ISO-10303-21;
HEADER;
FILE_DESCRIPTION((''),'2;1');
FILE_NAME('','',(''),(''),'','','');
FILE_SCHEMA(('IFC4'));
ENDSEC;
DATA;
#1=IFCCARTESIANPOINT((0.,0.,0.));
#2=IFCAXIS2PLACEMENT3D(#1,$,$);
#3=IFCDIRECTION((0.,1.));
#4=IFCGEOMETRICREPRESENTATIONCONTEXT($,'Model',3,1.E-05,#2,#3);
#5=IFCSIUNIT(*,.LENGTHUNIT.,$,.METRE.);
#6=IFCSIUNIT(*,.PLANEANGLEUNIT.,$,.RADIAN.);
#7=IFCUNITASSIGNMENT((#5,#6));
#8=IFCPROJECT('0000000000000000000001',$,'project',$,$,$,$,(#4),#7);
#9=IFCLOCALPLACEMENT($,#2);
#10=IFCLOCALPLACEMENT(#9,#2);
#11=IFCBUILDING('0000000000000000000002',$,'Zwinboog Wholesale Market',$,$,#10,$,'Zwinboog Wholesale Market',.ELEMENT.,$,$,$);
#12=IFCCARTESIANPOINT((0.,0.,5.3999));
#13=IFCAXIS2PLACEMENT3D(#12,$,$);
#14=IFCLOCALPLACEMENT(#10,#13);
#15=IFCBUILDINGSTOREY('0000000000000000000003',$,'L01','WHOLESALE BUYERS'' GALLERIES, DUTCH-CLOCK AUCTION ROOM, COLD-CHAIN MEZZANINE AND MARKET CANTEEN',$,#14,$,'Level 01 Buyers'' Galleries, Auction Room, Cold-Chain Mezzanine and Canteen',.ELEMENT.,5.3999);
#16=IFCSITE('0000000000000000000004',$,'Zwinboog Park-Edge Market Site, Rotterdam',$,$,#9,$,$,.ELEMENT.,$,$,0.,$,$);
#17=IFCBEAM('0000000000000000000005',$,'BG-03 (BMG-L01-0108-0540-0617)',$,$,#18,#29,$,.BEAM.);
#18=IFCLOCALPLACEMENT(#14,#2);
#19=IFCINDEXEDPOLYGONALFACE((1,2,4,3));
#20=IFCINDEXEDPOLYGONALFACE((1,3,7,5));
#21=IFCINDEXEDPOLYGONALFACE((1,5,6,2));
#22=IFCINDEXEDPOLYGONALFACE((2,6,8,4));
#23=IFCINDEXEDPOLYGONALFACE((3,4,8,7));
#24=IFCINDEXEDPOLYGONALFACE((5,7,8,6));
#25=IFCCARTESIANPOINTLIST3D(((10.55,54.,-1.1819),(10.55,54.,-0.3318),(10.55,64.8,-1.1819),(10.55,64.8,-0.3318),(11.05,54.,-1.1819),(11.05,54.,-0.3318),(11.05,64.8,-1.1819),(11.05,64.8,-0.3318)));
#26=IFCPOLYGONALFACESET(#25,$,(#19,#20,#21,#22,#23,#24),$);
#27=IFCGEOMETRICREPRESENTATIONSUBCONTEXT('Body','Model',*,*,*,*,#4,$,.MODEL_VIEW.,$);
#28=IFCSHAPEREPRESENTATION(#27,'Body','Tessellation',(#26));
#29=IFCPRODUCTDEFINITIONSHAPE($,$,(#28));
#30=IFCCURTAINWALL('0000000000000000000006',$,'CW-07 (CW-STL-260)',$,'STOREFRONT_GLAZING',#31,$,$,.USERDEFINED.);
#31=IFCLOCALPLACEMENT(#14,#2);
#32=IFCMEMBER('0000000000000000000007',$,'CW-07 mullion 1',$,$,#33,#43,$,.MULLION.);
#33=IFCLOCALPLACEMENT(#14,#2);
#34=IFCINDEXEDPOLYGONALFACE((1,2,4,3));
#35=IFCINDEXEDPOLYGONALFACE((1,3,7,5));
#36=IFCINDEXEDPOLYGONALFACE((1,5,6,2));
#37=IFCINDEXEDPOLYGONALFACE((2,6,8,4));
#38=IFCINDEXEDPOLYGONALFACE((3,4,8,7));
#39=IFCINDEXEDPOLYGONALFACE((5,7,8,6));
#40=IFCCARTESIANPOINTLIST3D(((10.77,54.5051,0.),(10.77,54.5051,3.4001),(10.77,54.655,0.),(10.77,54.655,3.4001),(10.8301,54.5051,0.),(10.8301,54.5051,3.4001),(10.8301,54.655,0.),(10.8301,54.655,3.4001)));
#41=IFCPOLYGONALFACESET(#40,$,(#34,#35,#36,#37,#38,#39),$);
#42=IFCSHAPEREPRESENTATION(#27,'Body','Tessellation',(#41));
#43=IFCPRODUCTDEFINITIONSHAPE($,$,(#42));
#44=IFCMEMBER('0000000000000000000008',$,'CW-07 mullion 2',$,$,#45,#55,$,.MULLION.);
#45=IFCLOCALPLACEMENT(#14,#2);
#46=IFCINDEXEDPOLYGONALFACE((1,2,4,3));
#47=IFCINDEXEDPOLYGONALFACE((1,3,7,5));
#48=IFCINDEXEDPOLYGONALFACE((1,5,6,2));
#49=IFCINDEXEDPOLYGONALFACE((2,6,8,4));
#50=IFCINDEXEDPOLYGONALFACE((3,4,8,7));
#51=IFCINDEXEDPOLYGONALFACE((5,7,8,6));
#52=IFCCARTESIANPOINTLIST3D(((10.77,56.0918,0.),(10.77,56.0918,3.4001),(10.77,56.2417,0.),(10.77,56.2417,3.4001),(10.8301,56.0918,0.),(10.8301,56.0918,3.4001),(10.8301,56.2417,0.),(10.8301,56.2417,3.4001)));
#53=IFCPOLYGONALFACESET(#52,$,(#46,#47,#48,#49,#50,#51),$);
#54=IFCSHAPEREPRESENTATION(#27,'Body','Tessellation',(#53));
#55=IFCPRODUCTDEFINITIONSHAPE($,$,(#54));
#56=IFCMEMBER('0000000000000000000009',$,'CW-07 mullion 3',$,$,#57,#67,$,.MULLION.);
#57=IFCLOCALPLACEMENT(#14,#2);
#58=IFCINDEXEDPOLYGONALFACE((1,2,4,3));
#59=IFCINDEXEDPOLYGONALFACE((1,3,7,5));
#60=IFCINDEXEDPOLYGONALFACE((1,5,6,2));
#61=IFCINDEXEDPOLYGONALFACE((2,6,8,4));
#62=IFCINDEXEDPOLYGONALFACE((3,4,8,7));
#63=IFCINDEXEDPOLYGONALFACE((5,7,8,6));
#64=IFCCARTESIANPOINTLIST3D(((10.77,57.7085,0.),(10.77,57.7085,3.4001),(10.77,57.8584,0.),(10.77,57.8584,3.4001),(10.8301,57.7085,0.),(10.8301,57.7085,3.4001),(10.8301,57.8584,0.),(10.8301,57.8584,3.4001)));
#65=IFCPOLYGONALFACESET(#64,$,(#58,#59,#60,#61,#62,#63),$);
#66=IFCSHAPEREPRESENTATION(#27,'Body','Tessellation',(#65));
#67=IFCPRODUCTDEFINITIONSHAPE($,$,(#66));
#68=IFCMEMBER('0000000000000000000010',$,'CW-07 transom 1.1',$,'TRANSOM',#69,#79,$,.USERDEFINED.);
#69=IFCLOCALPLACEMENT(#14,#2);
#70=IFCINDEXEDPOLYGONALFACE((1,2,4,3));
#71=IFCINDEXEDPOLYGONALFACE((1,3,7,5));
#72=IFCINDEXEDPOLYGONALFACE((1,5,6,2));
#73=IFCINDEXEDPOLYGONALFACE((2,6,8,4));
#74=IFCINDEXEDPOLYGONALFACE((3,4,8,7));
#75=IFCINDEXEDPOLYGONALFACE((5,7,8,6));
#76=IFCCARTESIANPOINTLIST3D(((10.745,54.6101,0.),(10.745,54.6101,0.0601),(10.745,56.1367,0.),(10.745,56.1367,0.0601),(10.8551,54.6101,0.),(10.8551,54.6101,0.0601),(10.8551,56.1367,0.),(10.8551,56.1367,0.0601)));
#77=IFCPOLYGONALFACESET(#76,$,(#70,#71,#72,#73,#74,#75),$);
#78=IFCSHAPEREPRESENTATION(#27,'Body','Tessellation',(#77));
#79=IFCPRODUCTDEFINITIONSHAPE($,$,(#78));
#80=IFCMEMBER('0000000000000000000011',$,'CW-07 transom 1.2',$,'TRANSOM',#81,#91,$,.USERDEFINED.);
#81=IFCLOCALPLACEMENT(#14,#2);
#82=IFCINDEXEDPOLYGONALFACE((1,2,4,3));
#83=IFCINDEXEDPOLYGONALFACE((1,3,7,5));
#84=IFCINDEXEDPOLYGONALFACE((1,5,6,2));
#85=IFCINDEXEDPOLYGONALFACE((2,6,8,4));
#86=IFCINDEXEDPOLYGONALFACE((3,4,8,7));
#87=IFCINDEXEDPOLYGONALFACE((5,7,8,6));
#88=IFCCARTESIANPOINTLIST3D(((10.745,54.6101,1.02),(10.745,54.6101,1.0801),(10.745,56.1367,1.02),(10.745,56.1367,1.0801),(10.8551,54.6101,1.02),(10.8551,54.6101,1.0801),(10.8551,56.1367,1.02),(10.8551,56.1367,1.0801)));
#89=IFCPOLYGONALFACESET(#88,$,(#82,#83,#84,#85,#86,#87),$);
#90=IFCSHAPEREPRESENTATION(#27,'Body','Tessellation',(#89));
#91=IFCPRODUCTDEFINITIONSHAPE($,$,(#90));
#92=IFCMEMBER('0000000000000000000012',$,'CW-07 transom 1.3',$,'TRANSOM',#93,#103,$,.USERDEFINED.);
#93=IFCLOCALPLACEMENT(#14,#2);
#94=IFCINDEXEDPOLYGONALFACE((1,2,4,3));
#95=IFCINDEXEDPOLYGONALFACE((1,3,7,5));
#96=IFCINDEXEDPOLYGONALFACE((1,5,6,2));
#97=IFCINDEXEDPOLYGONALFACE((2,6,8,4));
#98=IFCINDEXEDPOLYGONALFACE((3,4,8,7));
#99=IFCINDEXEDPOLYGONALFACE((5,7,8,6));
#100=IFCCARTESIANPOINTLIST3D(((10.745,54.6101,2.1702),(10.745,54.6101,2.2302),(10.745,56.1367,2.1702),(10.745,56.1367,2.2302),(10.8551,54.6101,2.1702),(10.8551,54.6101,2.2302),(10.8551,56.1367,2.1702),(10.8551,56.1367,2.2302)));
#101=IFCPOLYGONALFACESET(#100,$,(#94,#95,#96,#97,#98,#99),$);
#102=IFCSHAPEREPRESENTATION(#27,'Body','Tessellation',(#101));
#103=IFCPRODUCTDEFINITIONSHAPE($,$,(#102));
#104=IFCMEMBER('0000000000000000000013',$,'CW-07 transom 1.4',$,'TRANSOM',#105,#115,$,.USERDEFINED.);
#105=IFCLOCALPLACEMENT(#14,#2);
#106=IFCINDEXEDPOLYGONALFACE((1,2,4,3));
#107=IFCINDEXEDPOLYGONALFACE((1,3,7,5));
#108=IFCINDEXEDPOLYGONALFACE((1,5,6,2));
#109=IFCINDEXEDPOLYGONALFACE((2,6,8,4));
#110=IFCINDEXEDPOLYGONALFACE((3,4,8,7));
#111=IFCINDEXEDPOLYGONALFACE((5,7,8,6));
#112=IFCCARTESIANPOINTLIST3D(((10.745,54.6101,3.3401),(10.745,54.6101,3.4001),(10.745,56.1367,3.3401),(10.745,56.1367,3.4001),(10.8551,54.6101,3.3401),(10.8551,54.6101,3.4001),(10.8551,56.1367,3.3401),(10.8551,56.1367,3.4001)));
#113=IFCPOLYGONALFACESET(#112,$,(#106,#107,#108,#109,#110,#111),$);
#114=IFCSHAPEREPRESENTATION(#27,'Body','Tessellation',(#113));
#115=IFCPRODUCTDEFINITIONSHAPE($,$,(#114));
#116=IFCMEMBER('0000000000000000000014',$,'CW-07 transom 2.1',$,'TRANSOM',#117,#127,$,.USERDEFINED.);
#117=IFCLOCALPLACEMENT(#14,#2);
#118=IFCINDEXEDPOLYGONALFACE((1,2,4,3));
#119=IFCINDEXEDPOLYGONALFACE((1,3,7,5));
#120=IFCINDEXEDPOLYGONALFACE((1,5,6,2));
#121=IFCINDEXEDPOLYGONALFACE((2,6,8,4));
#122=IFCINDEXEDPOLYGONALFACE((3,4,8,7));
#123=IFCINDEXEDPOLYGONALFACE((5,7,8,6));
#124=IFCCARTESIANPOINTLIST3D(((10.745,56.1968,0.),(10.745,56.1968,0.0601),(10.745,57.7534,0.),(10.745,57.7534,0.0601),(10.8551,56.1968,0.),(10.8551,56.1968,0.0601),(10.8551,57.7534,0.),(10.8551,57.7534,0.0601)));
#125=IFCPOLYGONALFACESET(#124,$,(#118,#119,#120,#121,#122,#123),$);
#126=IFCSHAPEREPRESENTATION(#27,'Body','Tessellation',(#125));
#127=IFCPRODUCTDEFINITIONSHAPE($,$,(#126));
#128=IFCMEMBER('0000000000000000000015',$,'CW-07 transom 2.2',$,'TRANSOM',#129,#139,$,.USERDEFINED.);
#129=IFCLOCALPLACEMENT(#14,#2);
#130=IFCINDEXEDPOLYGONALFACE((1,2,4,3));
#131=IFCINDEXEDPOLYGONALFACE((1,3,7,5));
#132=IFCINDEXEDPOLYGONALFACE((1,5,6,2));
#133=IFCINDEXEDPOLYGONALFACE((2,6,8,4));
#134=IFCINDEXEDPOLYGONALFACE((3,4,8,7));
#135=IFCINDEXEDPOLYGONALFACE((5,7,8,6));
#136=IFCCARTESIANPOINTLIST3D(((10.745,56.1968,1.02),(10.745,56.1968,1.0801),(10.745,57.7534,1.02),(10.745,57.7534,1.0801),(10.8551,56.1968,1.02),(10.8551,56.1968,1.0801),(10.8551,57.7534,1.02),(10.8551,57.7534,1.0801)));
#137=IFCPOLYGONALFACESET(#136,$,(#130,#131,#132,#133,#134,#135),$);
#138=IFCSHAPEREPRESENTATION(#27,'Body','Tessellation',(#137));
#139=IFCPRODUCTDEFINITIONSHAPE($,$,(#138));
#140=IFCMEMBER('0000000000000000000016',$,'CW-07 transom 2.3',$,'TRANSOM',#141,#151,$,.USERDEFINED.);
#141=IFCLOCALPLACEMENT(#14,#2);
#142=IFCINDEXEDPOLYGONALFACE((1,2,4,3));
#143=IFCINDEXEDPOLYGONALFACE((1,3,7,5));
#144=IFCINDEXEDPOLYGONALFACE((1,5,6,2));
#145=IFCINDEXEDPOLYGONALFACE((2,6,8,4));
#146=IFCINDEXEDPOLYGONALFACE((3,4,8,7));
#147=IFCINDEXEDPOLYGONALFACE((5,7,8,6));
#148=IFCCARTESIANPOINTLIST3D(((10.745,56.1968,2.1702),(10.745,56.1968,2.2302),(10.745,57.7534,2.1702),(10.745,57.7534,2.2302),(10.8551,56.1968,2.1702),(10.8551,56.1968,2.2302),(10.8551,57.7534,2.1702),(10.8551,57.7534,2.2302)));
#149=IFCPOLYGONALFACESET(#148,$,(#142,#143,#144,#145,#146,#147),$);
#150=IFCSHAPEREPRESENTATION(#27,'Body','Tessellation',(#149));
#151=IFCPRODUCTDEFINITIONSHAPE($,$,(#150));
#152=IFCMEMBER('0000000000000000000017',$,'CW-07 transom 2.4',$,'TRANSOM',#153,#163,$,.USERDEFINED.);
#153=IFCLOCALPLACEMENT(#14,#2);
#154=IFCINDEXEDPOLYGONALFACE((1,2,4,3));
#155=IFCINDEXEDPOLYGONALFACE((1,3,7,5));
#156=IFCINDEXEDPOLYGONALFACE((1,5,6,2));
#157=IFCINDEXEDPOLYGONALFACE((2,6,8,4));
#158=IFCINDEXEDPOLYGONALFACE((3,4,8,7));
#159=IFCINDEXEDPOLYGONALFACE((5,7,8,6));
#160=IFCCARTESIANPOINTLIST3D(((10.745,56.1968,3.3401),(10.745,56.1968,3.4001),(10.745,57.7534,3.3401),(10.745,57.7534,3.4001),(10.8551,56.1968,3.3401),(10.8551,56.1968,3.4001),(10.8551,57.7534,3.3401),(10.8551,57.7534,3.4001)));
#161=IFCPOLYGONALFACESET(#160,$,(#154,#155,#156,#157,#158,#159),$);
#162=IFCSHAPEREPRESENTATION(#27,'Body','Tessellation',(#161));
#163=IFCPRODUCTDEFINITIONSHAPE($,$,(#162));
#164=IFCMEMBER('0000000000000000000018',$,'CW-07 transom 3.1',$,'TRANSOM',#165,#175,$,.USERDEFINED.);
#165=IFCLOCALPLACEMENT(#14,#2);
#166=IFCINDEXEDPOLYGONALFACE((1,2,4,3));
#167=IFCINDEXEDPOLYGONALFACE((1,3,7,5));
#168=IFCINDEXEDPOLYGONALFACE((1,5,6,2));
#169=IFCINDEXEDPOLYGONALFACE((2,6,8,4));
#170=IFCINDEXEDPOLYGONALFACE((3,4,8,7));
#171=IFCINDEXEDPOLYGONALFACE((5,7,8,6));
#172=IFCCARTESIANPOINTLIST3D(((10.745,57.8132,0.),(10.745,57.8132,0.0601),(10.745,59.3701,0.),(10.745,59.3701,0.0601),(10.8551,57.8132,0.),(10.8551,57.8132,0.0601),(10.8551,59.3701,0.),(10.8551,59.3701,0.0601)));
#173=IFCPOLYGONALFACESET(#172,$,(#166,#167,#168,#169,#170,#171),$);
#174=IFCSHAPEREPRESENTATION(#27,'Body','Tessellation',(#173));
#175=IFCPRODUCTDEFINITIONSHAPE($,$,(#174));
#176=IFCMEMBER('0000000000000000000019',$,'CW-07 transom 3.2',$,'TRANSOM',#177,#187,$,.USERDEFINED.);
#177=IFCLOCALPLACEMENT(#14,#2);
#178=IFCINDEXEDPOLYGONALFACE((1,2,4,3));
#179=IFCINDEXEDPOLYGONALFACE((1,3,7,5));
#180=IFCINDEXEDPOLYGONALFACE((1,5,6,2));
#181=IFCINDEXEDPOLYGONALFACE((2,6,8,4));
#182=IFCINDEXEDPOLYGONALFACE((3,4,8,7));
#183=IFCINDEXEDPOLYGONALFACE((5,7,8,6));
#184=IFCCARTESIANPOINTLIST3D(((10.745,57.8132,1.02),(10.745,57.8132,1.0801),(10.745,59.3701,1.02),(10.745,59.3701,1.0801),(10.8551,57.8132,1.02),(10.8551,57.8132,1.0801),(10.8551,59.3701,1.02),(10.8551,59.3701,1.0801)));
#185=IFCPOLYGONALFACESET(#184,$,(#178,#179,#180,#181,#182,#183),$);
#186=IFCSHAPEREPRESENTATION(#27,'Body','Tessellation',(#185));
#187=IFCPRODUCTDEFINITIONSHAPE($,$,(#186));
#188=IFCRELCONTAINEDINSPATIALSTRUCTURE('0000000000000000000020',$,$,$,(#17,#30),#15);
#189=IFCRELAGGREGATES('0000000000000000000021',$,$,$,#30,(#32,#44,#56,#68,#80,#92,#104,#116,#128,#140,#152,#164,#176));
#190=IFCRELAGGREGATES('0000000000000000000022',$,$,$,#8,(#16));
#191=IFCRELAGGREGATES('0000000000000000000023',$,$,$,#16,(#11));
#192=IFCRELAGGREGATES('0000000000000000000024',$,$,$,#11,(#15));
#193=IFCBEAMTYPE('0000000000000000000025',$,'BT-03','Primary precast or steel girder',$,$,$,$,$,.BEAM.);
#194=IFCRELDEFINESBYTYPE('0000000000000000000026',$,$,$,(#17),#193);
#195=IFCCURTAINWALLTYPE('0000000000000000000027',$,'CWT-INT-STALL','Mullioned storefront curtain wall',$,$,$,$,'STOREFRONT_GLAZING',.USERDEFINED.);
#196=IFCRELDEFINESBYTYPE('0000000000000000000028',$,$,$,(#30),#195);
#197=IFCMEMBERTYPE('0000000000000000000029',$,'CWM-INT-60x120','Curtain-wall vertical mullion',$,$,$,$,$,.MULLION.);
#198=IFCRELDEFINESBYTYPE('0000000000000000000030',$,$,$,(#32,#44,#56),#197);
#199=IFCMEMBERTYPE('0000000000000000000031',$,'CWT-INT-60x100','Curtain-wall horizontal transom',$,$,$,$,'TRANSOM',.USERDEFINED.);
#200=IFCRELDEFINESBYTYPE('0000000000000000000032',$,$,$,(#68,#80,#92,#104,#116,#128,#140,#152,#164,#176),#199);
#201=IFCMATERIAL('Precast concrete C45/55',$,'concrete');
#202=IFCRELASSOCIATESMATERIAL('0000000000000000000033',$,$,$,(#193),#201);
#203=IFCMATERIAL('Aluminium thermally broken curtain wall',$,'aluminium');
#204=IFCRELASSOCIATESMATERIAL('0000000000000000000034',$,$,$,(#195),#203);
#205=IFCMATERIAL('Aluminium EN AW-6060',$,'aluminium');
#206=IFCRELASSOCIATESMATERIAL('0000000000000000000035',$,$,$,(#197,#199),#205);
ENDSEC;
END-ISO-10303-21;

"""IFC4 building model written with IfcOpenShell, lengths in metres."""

from ifc_helpers import new_model, si_unit, direction, frame, origin, origin_2d, place, context, subcontext, project, spatial, rectangle, extrude, material, material_profile, profile_set, type_object, element, aggregate, save


model = new_model("IFC4")

# Units and contexts
model_context = context("Model", 3, precision=1e-05, world=origin(), true_north=direction((0.0, 1.0)))
body_context = subcontext(model_context, "Body", "Model", "MODEL_VIEW")
ifc_project = project(units=[si_unit("LENGTHUNIT", "METRE"), si_unit("PLANEANGLEUNIT", "RADIAN")], contexts=[model_context])

# Site, building, storey
site_placement = place(None, origin())
site = spatial("IfcSite", under=ifc_project, at=site_placement, Name="Zwinboog Park-Edge Market Site, Rotterdam", CompositionType="ELEMENT", RefElevation=0.0)
building_placement = place(site_placement, origin())
building = spatial("IfcBuilding", under=site, at=building_placement, Name="Zwinboog Wholesale Market", LongName="Zwinboog Wholesale Market", CompositionType="ELEMENT")
storey_placement = place(building_placement, frame((0.0, 0.0, 5.3999)))
storey = spatial("IfcBuildingStorey", under=building, at=storey_placement, Name="L01", Description="WHOLESALE BUYERS' GALLERIES, DUTCH-CLOCK AUCTION ROOM, COLD-CHAIN MEZZANINE AND MARKET CANTEEN", LongName="Level 01 Buyers' Galleries, Auction Room, Cold-Chain Mezzanine and Canteen", CompositionType="ELEMENT", Elevation=5.3999)

# Beam
ifc_material_1 = material(Name="Precast concrete C45/55", Category="concrete")
ifc_material_profile_1 = material_profile(ifc_material_1, rectangle(XDim=0.5, YDim=0.8501, at=origin_2d()), Name="PC 500x850")
ifc_profile_set_1 = profile_set([ifc_material_profile_1], Name="Precast concrete C45/55")
beam_type = type_object("IfcBeamType", Name="BT-03", Description="Primary precast or steel girder", PredefinedType="BEAM", material=ifc_profile_set_1)
beam_placement = place(storey_placement, frame((10.8, 54.0, -0.7568), z_axis=(0.0, 1.0, 0.0), x_axis=(-1.0, 0.0, 0.0)))
element("IfcBeam", 1, at=beam_placement, inside=storey, type_object=beam_type, Name="BG-03 (BMG-L01-0108-0540-0617)", PredefinedType="BEAM", context=body_context, shape_type="SweptSolid", body=[
    extrude(rectangle(XDim=0.5, YDim=0.8501, at=origin_2d()), origin(), (0.0, 0.0, 1.0), 10.8),
])

# Curtain wall, members
ifc_material_2 = material(Name="Aluminium thermally broken curtain wall", Category="aluminium")
curtain_wall_type = type_object("IfcCurtainWallType", Name="CWT-INT-STALL", Description="Mullioned storefront curtain wall", ElementType="STOREFRONT_GLAZING", PredefinedType="USERDEFINED", material=ifc_material_2)
curtain_wall_placement = place(storey_placement, origin())
curtain_wall = element("IfcCurtainWall", 2, at=curtain_wall_placement, inside=storey, type_object=curtain_wall_type, Name="CW-07 (CW-STL-260)", ObjectType="STOREFRONT_GLAZING", PredefinedType="USERDEFINED")
ifc_material_3 = material(Name="Aluminium EN AW-6060", Category="aluminium")
ifc_material_profile_2 = material_profile(ifc_material_3, rectangle(XDim=0.0601, YDim=0.1499, at=origin_2d()), Name="AL 60x150")
ifc_profile_set_2 = profile_set([ifc_material_profile_2], Name="Aluminium EN AW-6060")
member_type_1 = type_object("IfcMemberType", Name="CWM-INT-60x120", Description="Curtain-wall vertical mullion", PredefinedType="MULLION", material=ifc_profile_set_2)
member_1_placement = place(storey_placement, frame((10.8, 54.5801, 0.0), z_axis=(0.0, 0.0, 1.0), x_axis=(-1.0, 0.0, 0.0)))
member_1 = element("IfcMember", 3, at=member_1_placement, type_object=member_type_1, Name="CW-07 mullion 1", PredefinedType="MULLION", context=body_context, shape_type="SweptSolid", body=[
    extrude(rectangle(XDim=0.0601, YDim=0.1499, at=origin_2d()), origin(), (0.0, 0.0, 1.0), 3.4001),
])
member_2_placement = place(storey_placement, frame((10.8, 56.1667, 0.0), z_axis=(0.0, 0.0, 1.0), x_axis=(-1.0, 0.0, 0.0)))
member_2 = element("IfcMember", 4, at=member_2_placement, type_object=member_type_1, Name="CW-07 mullion 2", PredefinedType="MULLION", context=body_context, shape_type="SweptSolid", body=[
    extrude(rectangle(XDim=0.0601, YDim=0.1499, at=origin_2d()), origin(), (0.0, 0.0, 1.0), 3.4001),
])
member_3_placement = place(storey_placement, frame((10.8, 57.7834, 0.0), z_axis=(0.0, 0.0, 1.0), x_axis=(-1.0, 0.0, 0.0)))
member_3 = element("IfcMember", 5, at=member_3_placement, type_object=member_type_1, Name="CW-07 mullion 3", PredefinedType="MULLION", context=body_context, shape_type="SweptSolid", body=[
    extrude(rectangle(XDim=0.0601, YDim=0.1499, at=origin_2d()), origin(), (0.0, 0.0, 1.0), 3.4001),
])
ifc_material_profile_3 = material_profile(ifc_material_3, rectangle(XDim=0.1101, YDim=0.0601, at=origin_2d()), Name="AL 60x110")
ifc_profile_set_3 = profile_set([ifc_material_profile_3], Name="Aluminium EN AW-6060")
member_type_2 = type_object("IfcMemberType", Name="CWT-INT-60x100", Description="Curtain-wall horizontal transom", ElementType="TRANSOM", PredefinedType="USERDEFINED", material=ifc_profile_set_3)
member_4_placement = place(storey_placement, frame((10.8, 54.6101, 0.03), z_axis=(0.0, 1.0, 0.0), x_axis=(-1.0, 0.0, 0.0)))
member_4 = element("IfcMember", 6, at=member_4_placement, type_object=member_type_2, Name="CW-07 transom 1.1", ObjectType="TRANSOM", PredefinedType="USERDEFINED", context=body_context, shape_type="SweptSolid", body=[
    extrude(rectangle(XDim=0.1101, YDim=0.0601, at=origin_2d()), origin(), (0.0, 0.0, 1.0), 1.5266),
])
member_5_placement = place(storey_placement, frame((10.8, 54.6101, 1.05), z_axis=(0.0, 1.0, 0.0), x_axis=(-1.0, 0.0, 0.0)))
member_5 = element("IfcMember", 7, at=member_5_placement, type_object=member_type_2, Name="CW-07 transom 1.2", ObjectType="TRANSOM", PredefinedType="USERDEFINED", context=body_context, shape_type="SweptSolid", body=[
    extrude(rectangle(XDim=0.1101, YDim=0.0601, at=origin_2d()), origin(), (0.0, 0.0, 1.0), 1.5266),
])
member_6_placement = place(storey_placement, frame((10.8, 54.6101, 2.2002), z_axis=(0.0, 1.0, 0.0), x_axis=(-1.0, 0.0, 0.0)))
member_6 = element("IfcMember", 8, at=member_6_placement, type_object=member_type_2, Name="CW-07 transom 1.3", ObjectType="TRANSOM", PredefinedType="USERDEFINED", context=body_context, shape_type="SweptSolid", body=[
    extrude(rectangle(XDim=0.1101, YDim=0.0601, at=origin_2d()), origin(), (0.0, 0.0, 1.0), 1.5266),
])
member_7_placement = place(storey_placement, frame((10.8, 54.6101, 3.3701), z_axis=(0.0, 1.0, 0.0), x_axis=(-1.0, 0.0, 0.0)))
member_7 = element("IfcMember", 9, at=member_7_placement, type_object=member_type_2, Name="CW-07 transom 1.4", ObjectType="TRANSOM", PredefinedType="USERDEFINED", context=body_context, shape_type="SweptSolid", body=[
    extrude(rectangle(XDim=0.1101, YDim=0.0601, at=origin_2d()), origin(), (0.0, 0.0, 1.0), 1.5266),
])
member_8_placement = place(storey_placement, frame((10.8, 56.1968, 0.03), z_axis=(0.0, 1.0, 0.0), x_axis=(-1.0, 0.0, 0.0)))
member_8 = element("IfcMember", 10, at=member_8_placement, type_object=member_type_2, Name="CW-07 transom 2.1", ObjectType="TRANSOM", PredefinedType="USERDEFINED", context=body_context, shape_type="SweptSolid", body=[
    extrude(rectangle(XDim=0.1101, YDim=0.0601, at=origin_2d()), origin(), (0.0, 0.0, 1.0), 1.5566),
])
member_9_placement = place(storey_placement, frame((10.8, 56.1968, 1.05), z_axis=(0.0, 1.0, 0.0), x_axis=(-1.0, 0.0, 0.0)))
member_9 = element("IfcMember", 11, at=member_9_placement, type_object=member_type_2, Name="CW-07 transom 2.2", ObjectType="TRANSOM", PredefinedType="USERDEFINED", context=body_context, shape_type="SweptSolid", body=[
    extrude(rectangle(XDim=0.1101, YDim=0.0601, at=origin_2d()), origin(), (0.0, 0.0, 1.0), 1.5566),
])
member_10_placement = place(storey_placement, frame((10.8, 56.1968, 2.2002), z_axis=(0.0, 1.0, 0.0), x_axis=(-1.0, 0.0, 0.0)))
member_10 = element("IfcMember", 12, at=member_10_placement, type_object=member_type_2, Name="CW-07 transom 2.3", ObjectType="TRANSOM", PredefinedType="USERDEFINED", context=body_context, shape_type="SweptSolid", body=[
    extrude(rectangle(XDim=0.1101, YDim=0.0601, at=origin_2d()), origin(), (0.0, 0.0, 1.0), 1.5566),
])
member_11_placement = place(storey_placement, frame((10.8, 56.1968, 3.3701), z_axis=(0.0, 1.0, 0.0), x_axis=(-1.0, 0.0, 0.0)))
member_11 = element("IfcMember", 13, at=member_11_placement, type_object=member_type_2, Name="CW-07 transom 2.4", ObjectType="TRANSOM", PredefinedType="USERDEFINED", context=body_context, shape_type="SweptSolid", body=[
    extrude(rectangle(XDim=0.1101, YDim=0.0601, at=origin_2d()), origin(), (0.0, 0.0, 1.0), 1.5566),
])
member_12_placement = place(storey_placement, frame((10.8, 57.8132, 0.03), z_axis=(0.0, 1.0, 0.0), x_axis=(-1.0, 0.0, 0.0)))
member_12 = element("IfcMember", 14, at=member_12_placement, type_object=member_type_2, Name="CW-07 transom 3.1", ObjectType="TRANSOM", PredefinedType="USERDEFINED", context=body_context, shape_type="SweptSolid", body=[
    extrude(rectangle(XDim=0.1101, YDim=0.0601, at=origin_2d()), origin(), (0.0, 0.0, 1.0), 1.5569),
])
member_13_placement = place(storey_placement, frame((10.8, 57.8132, 1.05), z_axis=(0.0, 1.0, 0.0), x_axis=(-1.0, 0.0, 0.0)))
member_13 = element("IfcMember", 15, at=member_13_placement, type_object=member_type_2, Name="CW-07 transom 3.2", ObjectType="TRANSOM", PredefinedType="USERDEFINED", context=body_context, shape_type="SweptSolid", body=[
    extrude(rectangle(XDim=0.1101, YDim=0.0601, at=origin_2d()), origin(), (0.0, 0.0, 1.0), 1.5569),
])
aggregate(curtain_wall, [member_1, member_2, member_3, member_4, member_5, member_6, member_7, member_8, member_9, member_10, member_11, member_12, member_13])

save(model, "model.ifc")
